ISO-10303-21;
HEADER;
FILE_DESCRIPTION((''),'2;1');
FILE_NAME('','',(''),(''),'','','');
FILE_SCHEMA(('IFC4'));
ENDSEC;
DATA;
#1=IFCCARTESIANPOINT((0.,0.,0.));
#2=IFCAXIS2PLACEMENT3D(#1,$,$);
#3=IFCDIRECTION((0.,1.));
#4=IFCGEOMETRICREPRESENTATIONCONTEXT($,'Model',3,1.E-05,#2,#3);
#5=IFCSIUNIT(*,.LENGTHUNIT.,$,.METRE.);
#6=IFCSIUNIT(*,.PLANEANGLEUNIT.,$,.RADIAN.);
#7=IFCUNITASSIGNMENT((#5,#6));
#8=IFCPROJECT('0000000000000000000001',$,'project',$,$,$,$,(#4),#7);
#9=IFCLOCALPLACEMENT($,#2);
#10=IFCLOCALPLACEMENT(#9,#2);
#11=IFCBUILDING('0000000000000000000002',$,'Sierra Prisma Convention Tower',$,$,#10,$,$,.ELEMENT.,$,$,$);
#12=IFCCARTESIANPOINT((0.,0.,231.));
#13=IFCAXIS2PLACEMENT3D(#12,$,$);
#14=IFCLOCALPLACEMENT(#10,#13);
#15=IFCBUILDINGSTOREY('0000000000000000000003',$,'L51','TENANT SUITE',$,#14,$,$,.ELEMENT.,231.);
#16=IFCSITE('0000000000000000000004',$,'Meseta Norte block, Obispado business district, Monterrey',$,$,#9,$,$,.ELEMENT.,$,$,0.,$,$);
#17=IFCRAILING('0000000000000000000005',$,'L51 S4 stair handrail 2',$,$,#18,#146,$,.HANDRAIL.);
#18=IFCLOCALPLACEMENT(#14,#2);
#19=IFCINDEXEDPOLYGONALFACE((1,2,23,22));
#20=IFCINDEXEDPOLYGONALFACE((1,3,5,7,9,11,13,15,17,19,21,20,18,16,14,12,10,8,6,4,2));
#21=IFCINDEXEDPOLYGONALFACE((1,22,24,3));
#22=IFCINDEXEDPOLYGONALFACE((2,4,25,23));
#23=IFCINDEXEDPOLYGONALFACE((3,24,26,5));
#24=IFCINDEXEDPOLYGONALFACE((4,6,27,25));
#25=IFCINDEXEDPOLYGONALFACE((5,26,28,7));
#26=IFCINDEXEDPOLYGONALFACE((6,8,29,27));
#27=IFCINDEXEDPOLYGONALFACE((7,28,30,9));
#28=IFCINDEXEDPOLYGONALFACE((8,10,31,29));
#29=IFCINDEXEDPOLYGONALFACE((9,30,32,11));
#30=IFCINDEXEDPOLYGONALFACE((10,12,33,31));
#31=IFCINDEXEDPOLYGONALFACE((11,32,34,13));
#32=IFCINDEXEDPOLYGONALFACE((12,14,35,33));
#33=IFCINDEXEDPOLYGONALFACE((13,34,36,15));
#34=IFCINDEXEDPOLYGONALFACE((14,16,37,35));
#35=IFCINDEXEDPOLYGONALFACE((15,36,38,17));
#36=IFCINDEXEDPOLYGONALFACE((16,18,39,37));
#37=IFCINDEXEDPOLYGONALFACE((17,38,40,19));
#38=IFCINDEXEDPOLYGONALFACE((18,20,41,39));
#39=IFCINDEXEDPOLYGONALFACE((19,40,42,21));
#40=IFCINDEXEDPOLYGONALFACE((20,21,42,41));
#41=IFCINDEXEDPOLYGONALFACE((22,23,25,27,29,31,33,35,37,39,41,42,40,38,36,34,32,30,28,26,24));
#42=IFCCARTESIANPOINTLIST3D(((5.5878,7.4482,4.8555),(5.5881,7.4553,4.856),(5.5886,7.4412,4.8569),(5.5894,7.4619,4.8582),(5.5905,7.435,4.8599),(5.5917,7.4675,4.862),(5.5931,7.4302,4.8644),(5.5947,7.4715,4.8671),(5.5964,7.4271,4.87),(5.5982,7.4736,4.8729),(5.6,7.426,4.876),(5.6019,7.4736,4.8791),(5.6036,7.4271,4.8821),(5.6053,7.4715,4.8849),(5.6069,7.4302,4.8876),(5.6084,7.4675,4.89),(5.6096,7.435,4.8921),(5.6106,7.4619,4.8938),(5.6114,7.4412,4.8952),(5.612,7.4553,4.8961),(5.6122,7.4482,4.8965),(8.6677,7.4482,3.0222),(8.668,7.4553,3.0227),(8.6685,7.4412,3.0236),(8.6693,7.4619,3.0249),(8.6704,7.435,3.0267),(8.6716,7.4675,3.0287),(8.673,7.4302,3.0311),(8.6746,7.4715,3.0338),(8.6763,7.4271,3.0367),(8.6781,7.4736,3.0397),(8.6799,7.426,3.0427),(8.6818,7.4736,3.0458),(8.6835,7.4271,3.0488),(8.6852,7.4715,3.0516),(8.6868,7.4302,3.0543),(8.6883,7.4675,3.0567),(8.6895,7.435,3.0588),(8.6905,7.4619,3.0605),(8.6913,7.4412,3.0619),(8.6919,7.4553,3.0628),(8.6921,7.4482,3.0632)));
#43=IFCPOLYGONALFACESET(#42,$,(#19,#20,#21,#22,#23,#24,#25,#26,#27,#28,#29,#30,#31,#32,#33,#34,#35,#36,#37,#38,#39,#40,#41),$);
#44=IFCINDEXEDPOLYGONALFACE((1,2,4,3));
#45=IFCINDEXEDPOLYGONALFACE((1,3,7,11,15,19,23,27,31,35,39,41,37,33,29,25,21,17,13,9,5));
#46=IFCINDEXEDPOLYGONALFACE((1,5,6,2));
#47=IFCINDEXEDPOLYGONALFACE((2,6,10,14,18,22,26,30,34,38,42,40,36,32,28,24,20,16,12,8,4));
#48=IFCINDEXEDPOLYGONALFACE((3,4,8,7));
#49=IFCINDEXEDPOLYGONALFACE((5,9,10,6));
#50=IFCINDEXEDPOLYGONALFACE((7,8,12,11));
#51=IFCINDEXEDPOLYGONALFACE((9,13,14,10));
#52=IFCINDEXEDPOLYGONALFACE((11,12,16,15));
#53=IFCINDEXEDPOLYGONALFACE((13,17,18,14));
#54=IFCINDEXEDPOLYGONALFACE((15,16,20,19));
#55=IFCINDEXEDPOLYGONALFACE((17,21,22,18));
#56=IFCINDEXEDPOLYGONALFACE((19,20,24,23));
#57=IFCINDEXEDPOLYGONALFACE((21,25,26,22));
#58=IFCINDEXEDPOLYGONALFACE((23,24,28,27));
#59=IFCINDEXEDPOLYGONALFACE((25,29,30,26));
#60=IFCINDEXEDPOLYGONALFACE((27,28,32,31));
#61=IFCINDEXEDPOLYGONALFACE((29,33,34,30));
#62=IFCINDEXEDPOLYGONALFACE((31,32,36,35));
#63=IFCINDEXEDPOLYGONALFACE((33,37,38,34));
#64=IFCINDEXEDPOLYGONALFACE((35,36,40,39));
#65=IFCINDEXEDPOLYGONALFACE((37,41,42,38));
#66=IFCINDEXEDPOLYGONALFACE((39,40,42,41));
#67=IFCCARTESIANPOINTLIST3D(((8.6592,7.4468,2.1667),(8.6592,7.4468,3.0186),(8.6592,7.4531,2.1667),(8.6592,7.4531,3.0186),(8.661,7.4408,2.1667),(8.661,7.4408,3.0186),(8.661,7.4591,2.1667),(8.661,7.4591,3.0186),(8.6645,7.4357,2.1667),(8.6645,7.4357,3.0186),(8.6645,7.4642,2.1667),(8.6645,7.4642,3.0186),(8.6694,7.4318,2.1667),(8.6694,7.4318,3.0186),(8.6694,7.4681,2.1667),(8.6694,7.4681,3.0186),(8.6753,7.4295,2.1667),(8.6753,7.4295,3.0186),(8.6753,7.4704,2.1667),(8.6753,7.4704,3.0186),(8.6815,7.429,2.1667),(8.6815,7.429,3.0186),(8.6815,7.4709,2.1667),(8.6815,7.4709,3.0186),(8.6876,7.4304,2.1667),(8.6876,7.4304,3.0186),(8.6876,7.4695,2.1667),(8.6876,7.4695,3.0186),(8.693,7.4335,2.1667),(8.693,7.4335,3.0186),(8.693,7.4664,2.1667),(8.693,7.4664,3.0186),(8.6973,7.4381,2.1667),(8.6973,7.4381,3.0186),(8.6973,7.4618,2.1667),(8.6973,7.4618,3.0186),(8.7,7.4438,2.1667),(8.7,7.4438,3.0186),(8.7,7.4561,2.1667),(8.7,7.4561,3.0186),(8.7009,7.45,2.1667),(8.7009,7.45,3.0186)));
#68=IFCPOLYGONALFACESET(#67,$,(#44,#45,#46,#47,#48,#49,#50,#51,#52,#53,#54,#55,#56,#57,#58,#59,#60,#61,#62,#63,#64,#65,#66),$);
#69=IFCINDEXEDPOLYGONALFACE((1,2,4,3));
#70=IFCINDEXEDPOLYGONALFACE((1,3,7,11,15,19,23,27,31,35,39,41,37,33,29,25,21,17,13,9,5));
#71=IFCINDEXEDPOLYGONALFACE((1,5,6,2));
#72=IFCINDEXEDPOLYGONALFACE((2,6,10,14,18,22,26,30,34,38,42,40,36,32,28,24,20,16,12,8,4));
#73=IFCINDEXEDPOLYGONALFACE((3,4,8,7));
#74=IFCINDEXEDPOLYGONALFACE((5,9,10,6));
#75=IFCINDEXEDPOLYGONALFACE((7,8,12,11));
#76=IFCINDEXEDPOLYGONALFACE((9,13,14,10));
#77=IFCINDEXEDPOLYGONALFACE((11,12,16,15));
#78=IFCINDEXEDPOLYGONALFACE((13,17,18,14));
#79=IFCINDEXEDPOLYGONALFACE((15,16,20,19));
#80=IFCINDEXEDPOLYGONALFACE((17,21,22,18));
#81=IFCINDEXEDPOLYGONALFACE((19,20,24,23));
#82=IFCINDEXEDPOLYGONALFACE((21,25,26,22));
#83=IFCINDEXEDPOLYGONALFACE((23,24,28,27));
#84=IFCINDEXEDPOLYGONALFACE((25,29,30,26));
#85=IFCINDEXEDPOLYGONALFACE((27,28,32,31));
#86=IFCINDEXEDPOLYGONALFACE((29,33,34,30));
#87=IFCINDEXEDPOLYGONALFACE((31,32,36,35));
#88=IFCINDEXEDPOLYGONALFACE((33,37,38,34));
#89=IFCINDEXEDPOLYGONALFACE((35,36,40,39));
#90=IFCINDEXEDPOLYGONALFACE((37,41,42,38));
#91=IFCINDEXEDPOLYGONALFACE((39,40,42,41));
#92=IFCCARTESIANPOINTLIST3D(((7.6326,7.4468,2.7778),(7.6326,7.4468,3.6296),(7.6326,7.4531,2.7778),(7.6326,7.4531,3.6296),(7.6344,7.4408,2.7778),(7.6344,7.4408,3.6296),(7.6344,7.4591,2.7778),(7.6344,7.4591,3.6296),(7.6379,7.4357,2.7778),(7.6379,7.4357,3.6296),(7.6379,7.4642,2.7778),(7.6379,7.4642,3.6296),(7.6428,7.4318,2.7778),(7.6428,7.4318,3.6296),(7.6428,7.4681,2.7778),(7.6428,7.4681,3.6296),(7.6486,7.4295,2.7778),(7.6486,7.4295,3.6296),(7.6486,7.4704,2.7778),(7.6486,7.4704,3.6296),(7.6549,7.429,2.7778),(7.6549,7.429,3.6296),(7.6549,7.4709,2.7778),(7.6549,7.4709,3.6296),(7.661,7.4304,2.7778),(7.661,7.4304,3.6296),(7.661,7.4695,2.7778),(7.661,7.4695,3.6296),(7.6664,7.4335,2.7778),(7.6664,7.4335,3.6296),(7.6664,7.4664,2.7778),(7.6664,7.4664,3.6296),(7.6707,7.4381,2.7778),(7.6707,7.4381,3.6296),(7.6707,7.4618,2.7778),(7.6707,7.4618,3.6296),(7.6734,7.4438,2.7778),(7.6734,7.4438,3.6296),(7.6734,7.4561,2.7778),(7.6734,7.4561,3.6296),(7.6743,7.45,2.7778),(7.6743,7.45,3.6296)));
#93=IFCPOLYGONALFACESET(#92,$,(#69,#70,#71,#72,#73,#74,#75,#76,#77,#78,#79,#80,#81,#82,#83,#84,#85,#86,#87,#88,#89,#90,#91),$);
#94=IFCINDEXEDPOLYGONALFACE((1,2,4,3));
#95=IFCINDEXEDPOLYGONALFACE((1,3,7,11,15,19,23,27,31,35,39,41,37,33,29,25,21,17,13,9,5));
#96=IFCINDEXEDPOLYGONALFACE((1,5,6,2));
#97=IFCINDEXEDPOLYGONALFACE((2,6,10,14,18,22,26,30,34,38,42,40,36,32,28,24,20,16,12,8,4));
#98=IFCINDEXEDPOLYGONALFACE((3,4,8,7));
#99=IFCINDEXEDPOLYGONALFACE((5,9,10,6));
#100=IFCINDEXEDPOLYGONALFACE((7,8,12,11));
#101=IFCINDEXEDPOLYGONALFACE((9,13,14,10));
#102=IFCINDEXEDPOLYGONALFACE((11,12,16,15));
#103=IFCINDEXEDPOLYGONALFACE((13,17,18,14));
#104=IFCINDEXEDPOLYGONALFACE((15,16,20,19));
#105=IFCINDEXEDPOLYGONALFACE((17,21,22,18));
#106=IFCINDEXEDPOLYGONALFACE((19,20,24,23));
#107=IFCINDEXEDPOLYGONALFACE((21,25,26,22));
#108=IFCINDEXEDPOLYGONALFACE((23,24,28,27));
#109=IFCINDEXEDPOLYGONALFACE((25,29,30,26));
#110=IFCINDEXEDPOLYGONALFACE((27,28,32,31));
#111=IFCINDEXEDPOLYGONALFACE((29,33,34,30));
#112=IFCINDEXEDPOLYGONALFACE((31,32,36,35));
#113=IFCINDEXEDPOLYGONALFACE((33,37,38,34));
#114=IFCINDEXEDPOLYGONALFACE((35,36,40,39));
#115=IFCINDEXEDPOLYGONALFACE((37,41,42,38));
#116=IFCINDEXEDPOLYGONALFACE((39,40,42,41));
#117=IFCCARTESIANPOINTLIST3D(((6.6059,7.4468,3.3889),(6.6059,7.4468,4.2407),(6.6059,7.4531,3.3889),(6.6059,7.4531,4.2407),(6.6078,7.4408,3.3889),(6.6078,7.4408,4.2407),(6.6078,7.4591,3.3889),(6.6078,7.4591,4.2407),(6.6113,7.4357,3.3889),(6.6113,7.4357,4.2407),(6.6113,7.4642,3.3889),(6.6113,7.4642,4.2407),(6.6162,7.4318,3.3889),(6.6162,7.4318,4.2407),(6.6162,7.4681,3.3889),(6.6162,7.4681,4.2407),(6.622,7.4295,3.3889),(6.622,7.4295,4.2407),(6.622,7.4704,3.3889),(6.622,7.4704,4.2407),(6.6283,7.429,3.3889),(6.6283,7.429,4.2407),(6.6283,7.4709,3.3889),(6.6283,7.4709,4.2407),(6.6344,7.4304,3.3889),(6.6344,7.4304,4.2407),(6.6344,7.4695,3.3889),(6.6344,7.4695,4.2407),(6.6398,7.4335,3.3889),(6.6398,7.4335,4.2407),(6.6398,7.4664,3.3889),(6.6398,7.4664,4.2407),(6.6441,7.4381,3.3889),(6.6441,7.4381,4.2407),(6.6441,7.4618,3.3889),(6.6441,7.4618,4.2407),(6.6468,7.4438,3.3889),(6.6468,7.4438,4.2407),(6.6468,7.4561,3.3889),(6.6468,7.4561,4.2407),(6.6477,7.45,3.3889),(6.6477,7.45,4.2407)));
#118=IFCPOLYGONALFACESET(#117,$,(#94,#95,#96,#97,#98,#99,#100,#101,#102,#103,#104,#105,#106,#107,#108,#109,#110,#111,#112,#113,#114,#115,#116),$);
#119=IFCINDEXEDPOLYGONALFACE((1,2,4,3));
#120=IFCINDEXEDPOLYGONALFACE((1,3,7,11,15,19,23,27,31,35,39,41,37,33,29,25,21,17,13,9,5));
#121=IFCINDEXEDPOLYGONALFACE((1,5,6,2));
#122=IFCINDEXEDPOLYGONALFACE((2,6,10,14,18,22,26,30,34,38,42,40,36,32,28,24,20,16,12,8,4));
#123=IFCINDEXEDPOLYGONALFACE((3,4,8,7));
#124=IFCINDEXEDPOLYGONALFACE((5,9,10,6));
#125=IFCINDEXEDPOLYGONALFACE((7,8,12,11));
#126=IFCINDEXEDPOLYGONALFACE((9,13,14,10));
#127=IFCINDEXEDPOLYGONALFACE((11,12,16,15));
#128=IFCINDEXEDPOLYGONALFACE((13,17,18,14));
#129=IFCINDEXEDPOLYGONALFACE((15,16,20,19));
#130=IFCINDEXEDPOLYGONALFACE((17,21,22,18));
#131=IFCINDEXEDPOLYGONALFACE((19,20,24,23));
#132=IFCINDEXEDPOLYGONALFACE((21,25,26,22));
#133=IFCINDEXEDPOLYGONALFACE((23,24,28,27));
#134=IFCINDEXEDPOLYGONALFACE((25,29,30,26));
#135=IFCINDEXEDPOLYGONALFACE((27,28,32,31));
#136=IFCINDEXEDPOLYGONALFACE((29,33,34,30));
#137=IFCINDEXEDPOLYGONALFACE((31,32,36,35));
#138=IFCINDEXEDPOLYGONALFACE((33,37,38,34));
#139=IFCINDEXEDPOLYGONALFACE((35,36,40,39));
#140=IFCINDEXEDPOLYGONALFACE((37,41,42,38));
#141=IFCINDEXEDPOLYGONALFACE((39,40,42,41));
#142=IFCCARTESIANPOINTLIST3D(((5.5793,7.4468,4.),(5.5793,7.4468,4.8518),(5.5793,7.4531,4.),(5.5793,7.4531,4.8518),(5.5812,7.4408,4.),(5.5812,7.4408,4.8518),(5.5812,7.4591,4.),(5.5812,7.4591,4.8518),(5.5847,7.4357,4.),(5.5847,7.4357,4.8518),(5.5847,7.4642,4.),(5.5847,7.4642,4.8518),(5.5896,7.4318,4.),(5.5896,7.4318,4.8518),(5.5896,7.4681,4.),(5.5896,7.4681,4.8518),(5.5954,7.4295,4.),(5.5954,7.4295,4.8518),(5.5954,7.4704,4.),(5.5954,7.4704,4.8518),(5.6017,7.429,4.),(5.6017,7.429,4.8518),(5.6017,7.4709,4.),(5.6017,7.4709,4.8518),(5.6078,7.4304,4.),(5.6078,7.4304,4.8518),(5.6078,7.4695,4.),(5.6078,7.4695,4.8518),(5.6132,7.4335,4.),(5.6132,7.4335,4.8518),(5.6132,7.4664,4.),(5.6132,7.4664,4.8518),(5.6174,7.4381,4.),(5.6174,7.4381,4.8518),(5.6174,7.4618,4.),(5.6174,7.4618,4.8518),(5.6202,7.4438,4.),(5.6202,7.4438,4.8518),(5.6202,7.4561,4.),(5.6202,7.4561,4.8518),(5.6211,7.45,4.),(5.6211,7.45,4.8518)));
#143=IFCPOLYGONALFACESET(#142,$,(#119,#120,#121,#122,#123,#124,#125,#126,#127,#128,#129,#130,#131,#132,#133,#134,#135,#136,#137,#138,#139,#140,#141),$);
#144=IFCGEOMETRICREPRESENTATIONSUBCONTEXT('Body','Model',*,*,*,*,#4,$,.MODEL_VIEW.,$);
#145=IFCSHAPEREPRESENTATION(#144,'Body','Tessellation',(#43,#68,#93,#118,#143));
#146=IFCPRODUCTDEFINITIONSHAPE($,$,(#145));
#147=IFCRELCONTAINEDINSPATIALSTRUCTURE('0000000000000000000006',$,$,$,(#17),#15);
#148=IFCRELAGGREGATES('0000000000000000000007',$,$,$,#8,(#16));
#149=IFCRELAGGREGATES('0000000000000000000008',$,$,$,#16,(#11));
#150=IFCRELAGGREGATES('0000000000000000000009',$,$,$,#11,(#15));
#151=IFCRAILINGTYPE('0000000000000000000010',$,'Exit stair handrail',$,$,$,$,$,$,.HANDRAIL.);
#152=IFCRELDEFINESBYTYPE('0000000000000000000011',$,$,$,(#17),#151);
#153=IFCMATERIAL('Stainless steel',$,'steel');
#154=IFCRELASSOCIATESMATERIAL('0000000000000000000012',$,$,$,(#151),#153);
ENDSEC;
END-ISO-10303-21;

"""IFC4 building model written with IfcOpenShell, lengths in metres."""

from ifc_helpers import new_model, si_unit, direction, frame, origin, origin_2d, place, context, subcontext, project, spatial, circle, extrude, material, type_object, element, save


model = new_model("IFC4")

# Units and contexts
model_context = context("Model", 3, precision=1e-05, world=origin(), true_north=direction((0.0, 1.0)))
body_context = subcontext(model_context, "Body", "Model", "MODEL_VIEW")
ifc_project = project(units=[si_unit("LENGTHUNIT", "METRE"), si_unit("PLANEANGLEUNIT", "RADIAN")], contexts=[model_context])

# Site, building, storey
site_placement = place(None, origin())
site = spatial("IfcSite", under=ifc_project, at=site_placement, Name="Meseta Norte block, Obispado business district, Monterrey", CompositionType="ELEMENT", RefElevation=0.0)
building_placement = place(site_placement, origin())
building = spatial("IfcBuilding", under=site, at=building_placement, Name="Sierra Prisma Convention Tower", CompositionType="ELEMENT")
storey_placement = place(building_placement, frame((0.0, 0.0, 231.0)))
storey = spatial("IfcBuildingStorey", under=building, at=storey_placement, Name="L51", Description="TENANT SUITE", CompositionType="ELEMENT", Elevation=231.0)

# Railing
ifc_material_1 = material(Name="Stainless steel", Category="steel")
railing_type_1 = type_object("IfcRailingType", Name="Exit stair handrail", PredefinedType="HANDRAIL", material=ifc_material_1)
railing_1_placement = place(storey_placement, frame((8.6799, 7.45, 2.1667)))
element("IfcRailing", 1, at=railing_1_placement, inside=storey, type_object=railing_type_1, Name="L51 S4 stair handrail 2", PredefinedType="HANDRAIL", context=body_context, shape_type="SweptSolid", body=[
    extrude(circle(Radius=0.0239, at=origin_2d()), frame((0.0, 0.0, 0.876), z_axis=(-0.859291, 0.0, 0.511487), x_axis=(0.0, -1.0, 0.0)), (0.0, 0.0, 1.0), 3.5842),
    extrude(circle(Radius=0.021, at=origin_2d()), origin(), (0.0, 0.0, 1.0), 0.8518),
    extrude(circle(Radius=0.021, at=origin_2d()), frame((-1.0266, 0.0, 0.6111)), (0.0, 0.0, 1.0), 0.8518),
    extrude(circle(Radius=0.021, at=origin_2d()), frame((-2.0532, 0.0, 1.2222)), (0.0, 0.0, 1.0), 0.8518),
    extrude(circle(Radius=0.021, at=origin_2d()), frame((-3.0798, 0.0, 1.8333)), (0.0, 0.0, 1.0), 0.8518),
])

save(model, "model.ifc")
